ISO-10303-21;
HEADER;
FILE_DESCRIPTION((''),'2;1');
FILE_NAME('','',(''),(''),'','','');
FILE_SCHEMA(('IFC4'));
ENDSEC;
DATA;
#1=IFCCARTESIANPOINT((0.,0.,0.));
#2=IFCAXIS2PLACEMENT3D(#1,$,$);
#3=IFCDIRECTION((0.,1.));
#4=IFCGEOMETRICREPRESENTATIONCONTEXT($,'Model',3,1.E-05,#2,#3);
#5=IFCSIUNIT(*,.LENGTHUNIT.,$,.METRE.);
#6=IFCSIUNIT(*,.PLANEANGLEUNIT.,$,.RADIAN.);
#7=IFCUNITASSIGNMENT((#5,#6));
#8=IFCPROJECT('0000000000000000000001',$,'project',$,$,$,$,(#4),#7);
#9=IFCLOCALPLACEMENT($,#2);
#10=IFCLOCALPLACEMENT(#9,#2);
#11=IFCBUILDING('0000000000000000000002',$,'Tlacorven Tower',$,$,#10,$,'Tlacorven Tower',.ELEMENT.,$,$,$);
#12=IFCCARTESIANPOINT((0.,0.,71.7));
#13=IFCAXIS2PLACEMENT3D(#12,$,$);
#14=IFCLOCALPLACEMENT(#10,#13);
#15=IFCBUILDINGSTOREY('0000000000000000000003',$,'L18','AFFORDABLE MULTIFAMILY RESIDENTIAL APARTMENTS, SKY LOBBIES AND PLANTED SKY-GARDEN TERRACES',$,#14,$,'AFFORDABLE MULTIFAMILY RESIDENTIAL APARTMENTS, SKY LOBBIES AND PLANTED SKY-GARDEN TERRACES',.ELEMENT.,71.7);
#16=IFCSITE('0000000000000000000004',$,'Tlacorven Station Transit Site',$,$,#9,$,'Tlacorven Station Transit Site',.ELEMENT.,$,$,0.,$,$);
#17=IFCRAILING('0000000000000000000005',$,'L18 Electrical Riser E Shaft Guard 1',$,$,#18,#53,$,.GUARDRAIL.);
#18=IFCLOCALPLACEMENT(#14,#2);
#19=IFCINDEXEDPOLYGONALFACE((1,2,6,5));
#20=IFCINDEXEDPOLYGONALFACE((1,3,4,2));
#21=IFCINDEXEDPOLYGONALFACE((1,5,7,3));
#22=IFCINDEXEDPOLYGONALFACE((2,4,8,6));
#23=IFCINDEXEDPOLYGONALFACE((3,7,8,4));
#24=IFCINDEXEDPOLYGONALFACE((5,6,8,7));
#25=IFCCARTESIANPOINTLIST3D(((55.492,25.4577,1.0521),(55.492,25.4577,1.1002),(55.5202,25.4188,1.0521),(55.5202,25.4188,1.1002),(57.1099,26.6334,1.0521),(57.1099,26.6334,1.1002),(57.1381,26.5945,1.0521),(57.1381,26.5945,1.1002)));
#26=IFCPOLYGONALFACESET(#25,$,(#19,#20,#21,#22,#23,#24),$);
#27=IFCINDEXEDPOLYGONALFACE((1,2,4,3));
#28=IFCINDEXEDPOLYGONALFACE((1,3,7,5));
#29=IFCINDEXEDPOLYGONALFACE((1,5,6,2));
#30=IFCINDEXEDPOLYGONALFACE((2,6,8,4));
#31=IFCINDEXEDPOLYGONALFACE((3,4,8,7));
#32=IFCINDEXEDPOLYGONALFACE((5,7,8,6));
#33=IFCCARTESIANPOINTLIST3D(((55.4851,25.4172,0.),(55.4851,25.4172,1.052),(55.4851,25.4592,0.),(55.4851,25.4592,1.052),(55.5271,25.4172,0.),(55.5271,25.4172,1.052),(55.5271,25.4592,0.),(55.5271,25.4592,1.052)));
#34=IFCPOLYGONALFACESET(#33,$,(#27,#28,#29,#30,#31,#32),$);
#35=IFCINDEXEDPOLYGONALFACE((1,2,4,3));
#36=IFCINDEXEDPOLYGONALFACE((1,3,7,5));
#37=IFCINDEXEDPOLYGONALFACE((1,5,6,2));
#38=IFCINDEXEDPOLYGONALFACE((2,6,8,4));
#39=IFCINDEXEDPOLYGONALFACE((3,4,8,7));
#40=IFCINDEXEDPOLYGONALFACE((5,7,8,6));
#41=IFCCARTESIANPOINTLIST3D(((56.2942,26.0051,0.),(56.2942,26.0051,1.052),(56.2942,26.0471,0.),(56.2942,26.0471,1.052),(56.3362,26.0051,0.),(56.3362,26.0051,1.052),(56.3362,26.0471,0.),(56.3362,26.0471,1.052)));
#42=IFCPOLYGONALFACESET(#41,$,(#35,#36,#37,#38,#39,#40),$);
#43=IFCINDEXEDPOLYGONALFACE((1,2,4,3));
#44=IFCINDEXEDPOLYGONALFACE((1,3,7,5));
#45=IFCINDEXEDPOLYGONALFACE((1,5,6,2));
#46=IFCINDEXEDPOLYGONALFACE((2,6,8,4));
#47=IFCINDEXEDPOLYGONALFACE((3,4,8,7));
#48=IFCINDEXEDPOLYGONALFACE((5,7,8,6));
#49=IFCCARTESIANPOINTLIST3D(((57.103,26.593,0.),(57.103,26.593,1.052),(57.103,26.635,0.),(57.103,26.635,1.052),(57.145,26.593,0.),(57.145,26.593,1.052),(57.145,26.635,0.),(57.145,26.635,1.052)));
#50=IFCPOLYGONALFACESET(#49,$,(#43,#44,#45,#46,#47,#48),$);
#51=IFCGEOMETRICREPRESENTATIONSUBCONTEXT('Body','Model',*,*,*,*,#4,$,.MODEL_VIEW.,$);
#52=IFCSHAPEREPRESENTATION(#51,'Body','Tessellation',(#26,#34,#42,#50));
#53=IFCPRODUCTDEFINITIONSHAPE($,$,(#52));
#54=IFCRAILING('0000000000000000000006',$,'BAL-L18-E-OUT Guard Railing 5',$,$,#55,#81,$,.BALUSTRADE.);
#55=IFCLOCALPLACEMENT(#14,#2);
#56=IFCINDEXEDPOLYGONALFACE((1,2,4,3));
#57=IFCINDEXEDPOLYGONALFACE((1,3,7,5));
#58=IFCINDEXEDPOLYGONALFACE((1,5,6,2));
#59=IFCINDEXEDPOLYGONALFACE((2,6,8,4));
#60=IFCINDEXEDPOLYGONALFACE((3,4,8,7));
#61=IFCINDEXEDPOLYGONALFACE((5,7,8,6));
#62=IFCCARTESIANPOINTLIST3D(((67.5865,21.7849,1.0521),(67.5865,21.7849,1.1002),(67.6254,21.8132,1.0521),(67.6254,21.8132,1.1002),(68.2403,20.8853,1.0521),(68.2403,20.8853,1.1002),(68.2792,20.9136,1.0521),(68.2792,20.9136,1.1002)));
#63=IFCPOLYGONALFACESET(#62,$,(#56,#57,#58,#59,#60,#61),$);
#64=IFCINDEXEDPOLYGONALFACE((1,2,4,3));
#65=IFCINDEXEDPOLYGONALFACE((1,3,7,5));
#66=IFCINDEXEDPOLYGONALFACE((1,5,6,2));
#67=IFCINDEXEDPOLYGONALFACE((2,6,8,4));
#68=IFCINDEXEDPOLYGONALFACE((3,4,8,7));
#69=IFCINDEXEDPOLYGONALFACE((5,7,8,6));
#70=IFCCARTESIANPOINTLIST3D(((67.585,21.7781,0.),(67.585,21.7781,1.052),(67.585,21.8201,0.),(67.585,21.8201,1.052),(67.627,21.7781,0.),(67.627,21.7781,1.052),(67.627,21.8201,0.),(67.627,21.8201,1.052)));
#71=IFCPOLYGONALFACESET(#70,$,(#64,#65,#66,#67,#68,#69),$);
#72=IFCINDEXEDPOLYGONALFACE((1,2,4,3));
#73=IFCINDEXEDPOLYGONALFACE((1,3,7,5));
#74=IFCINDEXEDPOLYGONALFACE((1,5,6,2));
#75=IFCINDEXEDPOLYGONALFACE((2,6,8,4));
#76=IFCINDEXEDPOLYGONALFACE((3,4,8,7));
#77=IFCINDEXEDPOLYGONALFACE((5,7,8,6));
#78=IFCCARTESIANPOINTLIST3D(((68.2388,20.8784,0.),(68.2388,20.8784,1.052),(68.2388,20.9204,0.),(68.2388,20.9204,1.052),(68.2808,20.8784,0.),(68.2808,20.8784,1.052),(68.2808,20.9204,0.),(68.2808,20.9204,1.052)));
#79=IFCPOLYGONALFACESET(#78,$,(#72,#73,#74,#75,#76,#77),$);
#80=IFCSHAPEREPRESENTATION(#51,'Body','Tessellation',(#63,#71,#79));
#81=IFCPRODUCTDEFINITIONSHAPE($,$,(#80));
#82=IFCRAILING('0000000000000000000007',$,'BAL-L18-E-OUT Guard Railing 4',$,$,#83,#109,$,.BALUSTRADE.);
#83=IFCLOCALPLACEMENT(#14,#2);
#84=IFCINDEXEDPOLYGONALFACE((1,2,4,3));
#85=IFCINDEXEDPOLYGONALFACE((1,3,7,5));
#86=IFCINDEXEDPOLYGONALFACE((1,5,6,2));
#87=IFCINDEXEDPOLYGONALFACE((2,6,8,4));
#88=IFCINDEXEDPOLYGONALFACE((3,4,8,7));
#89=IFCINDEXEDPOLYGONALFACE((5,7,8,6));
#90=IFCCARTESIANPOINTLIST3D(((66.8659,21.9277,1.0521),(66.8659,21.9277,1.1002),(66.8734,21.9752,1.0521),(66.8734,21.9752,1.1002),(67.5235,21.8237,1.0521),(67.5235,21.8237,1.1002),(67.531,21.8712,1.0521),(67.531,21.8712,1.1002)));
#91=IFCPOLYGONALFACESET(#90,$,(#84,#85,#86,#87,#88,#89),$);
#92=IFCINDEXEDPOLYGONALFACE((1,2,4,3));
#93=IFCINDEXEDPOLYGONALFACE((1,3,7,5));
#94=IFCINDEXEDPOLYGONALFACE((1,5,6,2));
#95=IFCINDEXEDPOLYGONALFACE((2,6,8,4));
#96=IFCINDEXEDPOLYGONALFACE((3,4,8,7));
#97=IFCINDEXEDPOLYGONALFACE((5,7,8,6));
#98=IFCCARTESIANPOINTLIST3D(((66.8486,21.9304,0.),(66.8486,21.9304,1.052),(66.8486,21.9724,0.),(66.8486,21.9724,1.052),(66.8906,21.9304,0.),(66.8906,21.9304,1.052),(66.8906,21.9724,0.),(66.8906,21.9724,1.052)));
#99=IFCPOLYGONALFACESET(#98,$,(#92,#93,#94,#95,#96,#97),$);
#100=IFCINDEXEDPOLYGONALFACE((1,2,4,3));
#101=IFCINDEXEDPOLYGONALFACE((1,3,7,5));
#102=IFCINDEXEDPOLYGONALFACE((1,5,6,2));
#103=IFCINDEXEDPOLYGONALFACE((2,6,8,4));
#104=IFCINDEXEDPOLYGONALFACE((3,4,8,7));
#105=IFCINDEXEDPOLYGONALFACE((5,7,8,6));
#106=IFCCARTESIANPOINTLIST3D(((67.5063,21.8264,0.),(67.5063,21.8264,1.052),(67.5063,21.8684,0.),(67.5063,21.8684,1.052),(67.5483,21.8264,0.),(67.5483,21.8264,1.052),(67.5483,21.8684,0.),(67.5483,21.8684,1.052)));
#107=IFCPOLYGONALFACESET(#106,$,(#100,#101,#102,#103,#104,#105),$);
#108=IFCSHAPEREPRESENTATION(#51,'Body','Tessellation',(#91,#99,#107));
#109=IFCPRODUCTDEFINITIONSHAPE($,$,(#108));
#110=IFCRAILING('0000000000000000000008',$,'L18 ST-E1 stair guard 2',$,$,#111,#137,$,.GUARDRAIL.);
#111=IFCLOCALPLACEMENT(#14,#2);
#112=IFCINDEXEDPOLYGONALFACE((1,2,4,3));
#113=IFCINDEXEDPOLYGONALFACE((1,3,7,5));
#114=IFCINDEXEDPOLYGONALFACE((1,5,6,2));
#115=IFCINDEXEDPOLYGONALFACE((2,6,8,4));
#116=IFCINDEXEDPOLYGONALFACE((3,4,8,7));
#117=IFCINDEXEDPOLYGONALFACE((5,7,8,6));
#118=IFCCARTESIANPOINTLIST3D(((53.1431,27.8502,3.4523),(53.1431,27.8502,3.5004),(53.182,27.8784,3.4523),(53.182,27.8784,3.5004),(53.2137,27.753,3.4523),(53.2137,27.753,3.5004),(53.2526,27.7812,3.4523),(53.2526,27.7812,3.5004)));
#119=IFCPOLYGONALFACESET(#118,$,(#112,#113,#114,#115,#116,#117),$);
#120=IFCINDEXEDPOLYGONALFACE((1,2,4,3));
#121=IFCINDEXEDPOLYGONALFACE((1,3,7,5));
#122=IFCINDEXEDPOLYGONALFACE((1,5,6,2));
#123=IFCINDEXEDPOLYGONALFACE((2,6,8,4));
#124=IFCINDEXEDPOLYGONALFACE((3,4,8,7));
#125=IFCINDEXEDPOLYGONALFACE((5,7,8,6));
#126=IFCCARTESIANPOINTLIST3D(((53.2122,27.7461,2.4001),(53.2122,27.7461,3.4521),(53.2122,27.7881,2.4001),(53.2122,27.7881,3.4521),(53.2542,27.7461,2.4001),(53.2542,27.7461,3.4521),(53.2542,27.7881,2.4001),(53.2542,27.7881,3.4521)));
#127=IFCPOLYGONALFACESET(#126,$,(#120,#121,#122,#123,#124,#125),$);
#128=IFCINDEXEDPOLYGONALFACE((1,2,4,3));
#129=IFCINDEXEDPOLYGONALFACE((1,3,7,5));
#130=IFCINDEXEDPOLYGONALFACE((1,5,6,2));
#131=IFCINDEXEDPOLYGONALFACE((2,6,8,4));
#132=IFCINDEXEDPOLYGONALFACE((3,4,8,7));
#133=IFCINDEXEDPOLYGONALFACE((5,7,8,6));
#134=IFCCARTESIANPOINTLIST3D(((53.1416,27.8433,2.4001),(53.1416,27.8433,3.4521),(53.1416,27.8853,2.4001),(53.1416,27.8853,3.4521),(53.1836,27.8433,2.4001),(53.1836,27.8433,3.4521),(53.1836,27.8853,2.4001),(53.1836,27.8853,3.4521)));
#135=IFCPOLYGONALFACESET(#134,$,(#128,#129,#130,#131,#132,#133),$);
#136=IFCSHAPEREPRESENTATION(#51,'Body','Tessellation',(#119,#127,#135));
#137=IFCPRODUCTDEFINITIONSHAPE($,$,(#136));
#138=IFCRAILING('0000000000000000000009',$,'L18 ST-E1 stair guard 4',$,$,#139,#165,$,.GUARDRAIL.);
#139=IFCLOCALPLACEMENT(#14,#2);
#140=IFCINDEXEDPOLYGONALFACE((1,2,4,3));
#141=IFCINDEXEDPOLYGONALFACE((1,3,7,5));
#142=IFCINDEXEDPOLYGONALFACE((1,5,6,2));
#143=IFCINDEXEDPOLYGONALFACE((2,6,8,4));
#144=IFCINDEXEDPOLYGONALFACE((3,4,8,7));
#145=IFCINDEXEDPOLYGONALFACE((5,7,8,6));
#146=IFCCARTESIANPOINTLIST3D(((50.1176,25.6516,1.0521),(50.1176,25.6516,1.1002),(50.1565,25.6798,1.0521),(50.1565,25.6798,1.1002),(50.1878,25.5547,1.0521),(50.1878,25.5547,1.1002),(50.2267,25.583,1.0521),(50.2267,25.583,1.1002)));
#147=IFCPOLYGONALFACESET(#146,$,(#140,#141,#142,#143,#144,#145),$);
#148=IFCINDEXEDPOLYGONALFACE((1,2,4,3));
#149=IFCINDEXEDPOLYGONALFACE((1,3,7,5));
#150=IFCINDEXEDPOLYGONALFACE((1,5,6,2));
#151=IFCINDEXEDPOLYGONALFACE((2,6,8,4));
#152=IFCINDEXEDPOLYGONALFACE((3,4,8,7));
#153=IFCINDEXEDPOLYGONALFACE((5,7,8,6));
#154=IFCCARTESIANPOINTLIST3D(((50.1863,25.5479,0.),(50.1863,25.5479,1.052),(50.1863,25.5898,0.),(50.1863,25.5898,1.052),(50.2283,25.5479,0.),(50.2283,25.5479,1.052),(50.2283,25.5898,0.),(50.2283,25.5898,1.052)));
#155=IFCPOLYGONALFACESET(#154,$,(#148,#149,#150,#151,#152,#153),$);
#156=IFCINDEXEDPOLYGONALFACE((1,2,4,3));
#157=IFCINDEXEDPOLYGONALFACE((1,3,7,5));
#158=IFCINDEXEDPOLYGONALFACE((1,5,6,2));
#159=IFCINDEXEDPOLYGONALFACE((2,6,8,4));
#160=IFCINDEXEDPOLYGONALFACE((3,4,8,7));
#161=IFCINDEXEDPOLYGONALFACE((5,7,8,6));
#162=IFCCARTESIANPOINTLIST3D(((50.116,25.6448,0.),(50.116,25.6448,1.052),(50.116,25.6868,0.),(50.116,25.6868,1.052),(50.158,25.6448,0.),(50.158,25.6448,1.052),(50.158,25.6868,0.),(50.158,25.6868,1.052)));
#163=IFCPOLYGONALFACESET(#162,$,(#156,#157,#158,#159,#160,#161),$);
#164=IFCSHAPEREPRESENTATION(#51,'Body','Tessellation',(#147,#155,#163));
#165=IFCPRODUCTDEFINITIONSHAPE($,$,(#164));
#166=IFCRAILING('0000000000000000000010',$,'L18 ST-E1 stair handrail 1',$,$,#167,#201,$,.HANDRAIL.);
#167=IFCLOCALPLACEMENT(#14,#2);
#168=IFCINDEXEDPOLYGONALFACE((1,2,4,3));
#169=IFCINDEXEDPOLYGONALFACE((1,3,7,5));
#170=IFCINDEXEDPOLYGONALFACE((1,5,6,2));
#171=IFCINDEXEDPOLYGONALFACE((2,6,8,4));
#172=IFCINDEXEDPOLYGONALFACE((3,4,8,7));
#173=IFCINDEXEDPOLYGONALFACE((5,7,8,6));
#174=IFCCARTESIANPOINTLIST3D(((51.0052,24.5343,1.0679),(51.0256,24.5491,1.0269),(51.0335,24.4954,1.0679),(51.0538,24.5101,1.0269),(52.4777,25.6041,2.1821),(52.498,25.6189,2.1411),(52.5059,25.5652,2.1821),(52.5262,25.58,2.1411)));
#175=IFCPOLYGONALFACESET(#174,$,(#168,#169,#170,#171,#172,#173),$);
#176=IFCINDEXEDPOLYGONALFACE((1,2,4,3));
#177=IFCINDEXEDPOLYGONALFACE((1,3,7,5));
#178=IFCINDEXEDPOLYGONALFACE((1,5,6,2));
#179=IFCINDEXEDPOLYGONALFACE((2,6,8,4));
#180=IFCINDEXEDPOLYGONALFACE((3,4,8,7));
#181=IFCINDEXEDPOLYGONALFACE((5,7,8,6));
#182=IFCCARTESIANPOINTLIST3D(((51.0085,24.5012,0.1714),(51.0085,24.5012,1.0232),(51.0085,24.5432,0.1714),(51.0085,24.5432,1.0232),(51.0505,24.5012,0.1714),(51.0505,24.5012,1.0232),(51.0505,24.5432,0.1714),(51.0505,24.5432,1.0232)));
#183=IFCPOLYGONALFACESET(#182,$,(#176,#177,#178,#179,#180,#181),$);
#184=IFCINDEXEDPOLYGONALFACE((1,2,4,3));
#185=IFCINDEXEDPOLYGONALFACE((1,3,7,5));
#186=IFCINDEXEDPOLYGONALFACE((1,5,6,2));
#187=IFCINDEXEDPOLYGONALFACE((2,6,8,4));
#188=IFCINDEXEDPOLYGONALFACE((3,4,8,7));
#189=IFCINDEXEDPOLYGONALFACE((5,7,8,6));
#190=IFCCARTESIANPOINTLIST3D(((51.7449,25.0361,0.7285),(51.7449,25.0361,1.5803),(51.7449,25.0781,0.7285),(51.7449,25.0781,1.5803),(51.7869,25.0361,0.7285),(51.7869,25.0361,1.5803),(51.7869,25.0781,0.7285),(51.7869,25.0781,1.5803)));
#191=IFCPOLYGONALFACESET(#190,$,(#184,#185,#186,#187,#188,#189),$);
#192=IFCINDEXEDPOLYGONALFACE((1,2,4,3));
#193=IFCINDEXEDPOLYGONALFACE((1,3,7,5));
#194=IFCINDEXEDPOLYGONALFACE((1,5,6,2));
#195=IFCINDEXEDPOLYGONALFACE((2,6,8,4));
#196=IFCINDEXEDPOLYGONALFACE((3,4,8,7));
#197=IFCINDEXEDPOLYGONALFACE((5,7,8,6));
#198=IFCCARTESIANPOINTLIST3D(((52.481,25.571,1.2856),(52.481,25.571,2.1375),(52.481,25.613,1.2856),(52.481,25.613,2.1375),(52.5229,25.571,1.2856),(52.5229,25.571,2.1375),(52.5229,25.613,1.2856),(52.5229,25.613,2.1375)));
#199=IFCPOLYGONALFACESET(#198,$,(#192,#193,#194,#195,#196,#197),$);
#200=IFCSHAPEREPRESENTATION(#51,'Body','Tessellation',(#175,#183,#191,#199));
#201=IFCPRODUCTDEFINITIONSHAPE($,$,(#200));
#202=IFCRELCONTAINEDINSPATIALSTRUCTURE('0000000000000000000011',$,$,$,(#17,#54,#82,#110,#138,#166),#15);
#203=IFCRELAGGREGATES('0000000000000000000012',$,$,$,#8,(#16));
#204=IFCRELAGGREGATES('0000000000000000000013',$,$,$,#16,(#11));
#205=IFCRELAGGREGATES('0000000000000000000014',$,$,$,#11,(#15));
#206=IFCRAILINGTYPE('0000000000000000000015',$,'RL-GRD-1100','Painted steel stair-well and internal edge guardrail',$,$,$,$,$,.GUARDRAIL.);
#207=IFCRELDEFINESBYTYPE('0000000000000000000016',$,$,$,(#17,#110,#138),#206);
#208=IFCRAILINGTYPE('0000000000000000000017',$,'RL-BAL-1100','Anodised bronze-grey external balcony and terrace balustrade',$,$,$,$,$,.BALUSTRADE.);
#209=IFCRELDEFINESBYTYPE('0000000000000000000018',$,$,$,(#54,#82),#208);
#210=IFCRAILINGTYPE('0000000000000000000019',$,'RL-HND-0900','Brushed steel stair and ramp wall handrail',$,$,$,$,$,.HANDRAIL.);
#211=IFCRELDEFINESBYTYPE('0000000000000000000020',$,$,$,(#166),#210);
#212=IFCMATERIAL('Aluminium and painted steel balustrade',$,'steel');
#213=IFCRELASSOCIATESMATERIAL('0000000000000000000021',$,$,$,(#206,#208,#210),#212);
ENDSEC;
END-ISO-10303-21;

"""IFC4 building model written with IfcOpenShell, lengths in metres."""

from ifc_helpers import new_model, si_unit, direction, frame, origin, origin_2d, place, context, subcontext, project, spatial, rectangle, extrude, source, transform, mapped, material, type_object, element, save


model = new_model("IFC4")

# Units and contexts
model_context = context("Model", 3, precision=1e-05, world=origin(), true_north=direction((0.0, 1.0)))
body_context = subcontext(model_context, "Body", "Model", "MODEL_VIEW")
ifc_project = project(units=[si_unit("LENGTHUNIT", "METRE"), si_unit("PLANEANGLEUNIT", "RADIAN")], contexts=[model_context])

# Site, building, storey
site_placement = place(None, origin())
site = spatial("IfcSite", under=ifc_project, at=site_placement, Name="Tlacorven Station Transit Site", LongName="Tlacorven Station Transit Site", CompositionType="ELEMENT", RefElevation=0.0)
building_placement = place(site_placement, origin())
building = spatial("IfcBuilding", under=site, at=building_placement, Name="Tlacorven Tower", LongName="Tlacorven Tower", CompositionType="ELEMENT")
storey_placement = place(building_placement, frame((0.0, 0.0, 71.7)))
storey = spatial("IfcBuildingStorey", under=building, at=storey_placement, Name="L18", Description="AFFORDABLE MULTIFAMILY RESIDENTIAL APARTMENTS, SKY LOBBIES AND PLANTED SKY-GARDEN TERRACES", LongName="AFFORDABLE MULTIFAMILY RESIDENTIAL APARTMENTS, SKY LOBBIES AND PLANTED SKY-GARDEN TERRACES", CompositionType="ELEMENT", Elevation=71.7)

# Railings
ifc_material_1 = material(Name="Aluminium and painted steel balustrade", Category="steel")
railing_type_1 = type_object("IfcRailingType", Name="RL-GRD-1100", Description="Painted steel stair-well and internal edge guardrail", PredefinedType="GUARDRAIL", material=ifc_material_1)
shared_shape_1 = source(origin(), body_context, "Body", "SweptSolid", [
    extrude(rectangle(XDim=0.0481, YDim=0.0481, at=origin_2d()), frame((0.0, 0.0, 1.0762), z_axis=(0.808947, 0.587881, 0.0), x_axis=(-0.587881, 0.808947, 0.0)), (0.0, 0.0, 1.0), 2.0),
    extrude(rectangle(XDim=0.042, YDim=0.042, at=origin_2d()), origin(), (0.0, 0.0, 1.0), 1.052),
    extrude(rectangle(XDim=0.042, YDim=0.042, at=origin_2d()), frame((0.8091, 0.5879, 0.0)), (0.0, 0.0, 1.0), 1.052),
    extrude(rectangle(XDim=0.042, YDim=0.042, at=origin_2d()), frame((1.6179, 1.1758, 0.0)), (0.0, 0.0, 1.0), 1.052),
])
railing_1_placement = place(storey_placement, frame((55.5061, 25.4382, 0.0)))
element("IfcRailing", 1, at=railing_1_placement, inside=storey, type_object=railing_type_1, Name="L18 Electrical Riser E Shaft Guard 1", PredefinedType="GUARDRAIL", context=body_context, shape_type="MappedRepresentation", body=[
    mapped(shared_shape_1, transform((0.0, 0.0, 0.0), scale=1.0)),
])
railing_type_2 = type_object("IfcRailingType", Name="RL-BAL-1100", Description="Anodised bronze-grey external balcony and terrace balustrade", PredefinedType="BALUSTRADE", material=ifc_material_1)
shared_shape_2 = source(origin(), body_context, "Body", "SweptSolid", [
    extrude(rectangle(XDim=0.0481, YDim=0.0481, at=origin_2d()), frame((0.0, 0.0, 1.0762), z_axis=(0.587884, -0.808945, 0.0), x_axis=(0.808945, 0.587884, 0.0)), (0.0, 0.0, 1.0), 1.1121),
    extrude(rectangle(XDim=0.042, YDim=0.042, at=origin_2d()), origin(), (0.0, 0.0, 1.0), 1.052),
    extrude(rectangle(XDim=0.042, YDim=0.042, at=origin_2d()), frame((0.6538, -0.8997, 0.0)), (0.0, 0.0, 1.0), 1.052),
])
railing_2_placement = place(storey_placement, frame((67.606, 21.7991, 0.0)))
element("IfcRailing", 2, at=railing_2_placement, inside=storey, type_object=railing_type_2, Name="BAL-L18-E-OUT Guard Railing 5", PredefinedType="BALUSTRADE", context=body_context, shape_type="MappedRepresentation", body=[
    mapped(shared_shape_2, transform((0.0, 0.0, 0.0), scale=1.0)),
])
shared_shape_3 = source(origin(), body_context, "Body", "SweptSolid", [
    extrude(rectangle(XDim=0.0481, YDim=0.0481, at=origin_2d()), frame((0.0, 0.0, 1.0762), z_axis=(0.987727, -0.156188, 0.0), x_axis=(0.156188, 0.987727, 0.0)), (0.0, 0.0, 1.0), 0.6658),
    extrude(rectangle(XDim=0.042, YDim=0.042, at=origin_2d()), origin(), (0.0, 0.0, 1.0), 1.052),
    extrude(rectangle(XDim=0.042, YDim=0.042, at=origin_2d()), frame((0.6577, -0.104, 0.0)), (0.0, 0.0, 1.0), 1.052),
])
railing_3_placement = place(storey_placement, frame((66.8696, 21.9514, 0.0)))
element("IfcRailing", 3, at=railing_3_placement, inside=storey, type_object=railing_type_2, Name="BAL-L18-E-OUT Guard Railing 4", PredefinedType="BALUSTRADE", context=body_context, shape_type="MappedRepresentation", body=[
    mapped(shared_shape_3, transform((0.0, 0.0, 0.0), scale=1.0)),
])
shared_shape_4 = source(origin(), body_context, "Body", "SweptSolid", [
    extrude(rectangle(XDim=0.0481, YDim=0.0481, at=origin_2d()), frame((0.0, 0.0, 1.0762), z_axis=(-0.587567, 0.809175, 0.0), x_axis=(-0.809175, -0.587567, 0.0)), (0.0, 0.0, 1.0), 0.1201),
    extrude(rectangle(XDim=0.042, YDim=0.042, at=origin_2d()), origin(), (0.0, 0.0, 1.0), 1.052),
    extrude(rectangle(XDim=0.042, YDim=0.042, at=origin_2d()), frame((-0.0706, 0.0972, 0.0)), (0.0, 0.0, 1.0), 1.052),
])
railing_4_placement = place(storey_placement, frame((53.2332, 27.7671, 2.4001)))
element("IfcRailing", 4, at=railing_4_placement, inside=storey, type_object=railing_type_1, Name="L18 ST-E1 stair guard 2", PredefinedType="GUARDRAIL", context=body_context, shape_type="MappedRepresentation", body=[
    mapped(shared_shape_4, transform((0.0, 0.0, 0.0), scale=1.0)),
])
shared_shape_5 = source(origin(), body_context, "Body", "SweptSolid", [
    extrude(rectangle(XDim=0.0481, YDim=0.0481, at=origin_2d()), frame((0.0, 0.0, 1.0762), z_axis=(-0.587201, 0.809441, 0.0), x_axis=(-0.809441, -0.587201, 0.0)), (0.0, 0.0, 1.0), 0.1196),
    extrude(rectangle(XDim=0.042, YDim=0.042, at=origin_2d()), origin(), (0.0, 0.0, 1.0), 1.052),
    extrude(rectangle(XDim=0.042, YDim=0.042, at=origin_2d()), frame((-0.0703, 0.0969, 0.0)), (0.0, 0.0, 1.0), 1.052),
])
railing_5_placement = place(storey_placement, frame((50.2073, 25.5688, 0.0)))
element("IfcRailing", 5, at=railing_5_placement, inside=storey, type_object=railing_type_1, Name="L18 ST-E1 stair guard 4", PredefinedType="GUARDRAIL", context=body_context, shape_type="MappedRepresentation", body=[
    mapped(shared_shape_5, transform((0.0, 0.0, 0.0), scale=1.0)),
])
railing_type_3 = type_object("IfcRailingType", Name="RL-HND-0900", Description="Brushed steel stair and ramp wall handrail", PredefinedType="HANDRAIL", material=ifc_material_1)
shared_shape_6 = source(origin(), body_context, "Body", "SweptSolid", [
    extrude(rectangle(XDim=0.0481, YDim=0.0481, at=origin_2d()), frame((0.0, 0.0, 0.876), z_axis=(0.689967, 0.501316, 0.522137), x_axis=(-0.587805, 0.809003, 0.0)), (0.0, 0.0, 1.0), 2.134),
    extrude(rectangle(XDim=0.042, YDim=0.042, at=origin_2d()), origin(), (0.0, 0.0, 1.0), 0.8518),
    extrude(rectangle(XDim=0.042, YDim=0.042, at=origin_2d()), frame((0.7363, 0.5349, 0.5571)), (0.0, 0.0, 1.0), 0.8518),
    extrude(rectangle(XDim=0.042, YDim=0.042, at=origin_2d()), frame((1.4724, 1.0698, 1.1143)), (0.0, 0.0, 1.0), 0.8518),
])
railing_6_placement = place(storey_placement, frame((51.0295, 24.5222, 0.1714)))
element("IfcRailing", 6, at=railing_6_placement, inside=storey, type_object=railing_type_3, Name="L18 ST-E1 stair handrail 1", PredefinedType="HANDRAIL", context=body_context, shape_type="MappedRepresentation", body=[
    mapped(shared_shape_6, transform((0.0, 0.0, 0.0), scale=1.0)),
])

save(model, "model.ifc")
